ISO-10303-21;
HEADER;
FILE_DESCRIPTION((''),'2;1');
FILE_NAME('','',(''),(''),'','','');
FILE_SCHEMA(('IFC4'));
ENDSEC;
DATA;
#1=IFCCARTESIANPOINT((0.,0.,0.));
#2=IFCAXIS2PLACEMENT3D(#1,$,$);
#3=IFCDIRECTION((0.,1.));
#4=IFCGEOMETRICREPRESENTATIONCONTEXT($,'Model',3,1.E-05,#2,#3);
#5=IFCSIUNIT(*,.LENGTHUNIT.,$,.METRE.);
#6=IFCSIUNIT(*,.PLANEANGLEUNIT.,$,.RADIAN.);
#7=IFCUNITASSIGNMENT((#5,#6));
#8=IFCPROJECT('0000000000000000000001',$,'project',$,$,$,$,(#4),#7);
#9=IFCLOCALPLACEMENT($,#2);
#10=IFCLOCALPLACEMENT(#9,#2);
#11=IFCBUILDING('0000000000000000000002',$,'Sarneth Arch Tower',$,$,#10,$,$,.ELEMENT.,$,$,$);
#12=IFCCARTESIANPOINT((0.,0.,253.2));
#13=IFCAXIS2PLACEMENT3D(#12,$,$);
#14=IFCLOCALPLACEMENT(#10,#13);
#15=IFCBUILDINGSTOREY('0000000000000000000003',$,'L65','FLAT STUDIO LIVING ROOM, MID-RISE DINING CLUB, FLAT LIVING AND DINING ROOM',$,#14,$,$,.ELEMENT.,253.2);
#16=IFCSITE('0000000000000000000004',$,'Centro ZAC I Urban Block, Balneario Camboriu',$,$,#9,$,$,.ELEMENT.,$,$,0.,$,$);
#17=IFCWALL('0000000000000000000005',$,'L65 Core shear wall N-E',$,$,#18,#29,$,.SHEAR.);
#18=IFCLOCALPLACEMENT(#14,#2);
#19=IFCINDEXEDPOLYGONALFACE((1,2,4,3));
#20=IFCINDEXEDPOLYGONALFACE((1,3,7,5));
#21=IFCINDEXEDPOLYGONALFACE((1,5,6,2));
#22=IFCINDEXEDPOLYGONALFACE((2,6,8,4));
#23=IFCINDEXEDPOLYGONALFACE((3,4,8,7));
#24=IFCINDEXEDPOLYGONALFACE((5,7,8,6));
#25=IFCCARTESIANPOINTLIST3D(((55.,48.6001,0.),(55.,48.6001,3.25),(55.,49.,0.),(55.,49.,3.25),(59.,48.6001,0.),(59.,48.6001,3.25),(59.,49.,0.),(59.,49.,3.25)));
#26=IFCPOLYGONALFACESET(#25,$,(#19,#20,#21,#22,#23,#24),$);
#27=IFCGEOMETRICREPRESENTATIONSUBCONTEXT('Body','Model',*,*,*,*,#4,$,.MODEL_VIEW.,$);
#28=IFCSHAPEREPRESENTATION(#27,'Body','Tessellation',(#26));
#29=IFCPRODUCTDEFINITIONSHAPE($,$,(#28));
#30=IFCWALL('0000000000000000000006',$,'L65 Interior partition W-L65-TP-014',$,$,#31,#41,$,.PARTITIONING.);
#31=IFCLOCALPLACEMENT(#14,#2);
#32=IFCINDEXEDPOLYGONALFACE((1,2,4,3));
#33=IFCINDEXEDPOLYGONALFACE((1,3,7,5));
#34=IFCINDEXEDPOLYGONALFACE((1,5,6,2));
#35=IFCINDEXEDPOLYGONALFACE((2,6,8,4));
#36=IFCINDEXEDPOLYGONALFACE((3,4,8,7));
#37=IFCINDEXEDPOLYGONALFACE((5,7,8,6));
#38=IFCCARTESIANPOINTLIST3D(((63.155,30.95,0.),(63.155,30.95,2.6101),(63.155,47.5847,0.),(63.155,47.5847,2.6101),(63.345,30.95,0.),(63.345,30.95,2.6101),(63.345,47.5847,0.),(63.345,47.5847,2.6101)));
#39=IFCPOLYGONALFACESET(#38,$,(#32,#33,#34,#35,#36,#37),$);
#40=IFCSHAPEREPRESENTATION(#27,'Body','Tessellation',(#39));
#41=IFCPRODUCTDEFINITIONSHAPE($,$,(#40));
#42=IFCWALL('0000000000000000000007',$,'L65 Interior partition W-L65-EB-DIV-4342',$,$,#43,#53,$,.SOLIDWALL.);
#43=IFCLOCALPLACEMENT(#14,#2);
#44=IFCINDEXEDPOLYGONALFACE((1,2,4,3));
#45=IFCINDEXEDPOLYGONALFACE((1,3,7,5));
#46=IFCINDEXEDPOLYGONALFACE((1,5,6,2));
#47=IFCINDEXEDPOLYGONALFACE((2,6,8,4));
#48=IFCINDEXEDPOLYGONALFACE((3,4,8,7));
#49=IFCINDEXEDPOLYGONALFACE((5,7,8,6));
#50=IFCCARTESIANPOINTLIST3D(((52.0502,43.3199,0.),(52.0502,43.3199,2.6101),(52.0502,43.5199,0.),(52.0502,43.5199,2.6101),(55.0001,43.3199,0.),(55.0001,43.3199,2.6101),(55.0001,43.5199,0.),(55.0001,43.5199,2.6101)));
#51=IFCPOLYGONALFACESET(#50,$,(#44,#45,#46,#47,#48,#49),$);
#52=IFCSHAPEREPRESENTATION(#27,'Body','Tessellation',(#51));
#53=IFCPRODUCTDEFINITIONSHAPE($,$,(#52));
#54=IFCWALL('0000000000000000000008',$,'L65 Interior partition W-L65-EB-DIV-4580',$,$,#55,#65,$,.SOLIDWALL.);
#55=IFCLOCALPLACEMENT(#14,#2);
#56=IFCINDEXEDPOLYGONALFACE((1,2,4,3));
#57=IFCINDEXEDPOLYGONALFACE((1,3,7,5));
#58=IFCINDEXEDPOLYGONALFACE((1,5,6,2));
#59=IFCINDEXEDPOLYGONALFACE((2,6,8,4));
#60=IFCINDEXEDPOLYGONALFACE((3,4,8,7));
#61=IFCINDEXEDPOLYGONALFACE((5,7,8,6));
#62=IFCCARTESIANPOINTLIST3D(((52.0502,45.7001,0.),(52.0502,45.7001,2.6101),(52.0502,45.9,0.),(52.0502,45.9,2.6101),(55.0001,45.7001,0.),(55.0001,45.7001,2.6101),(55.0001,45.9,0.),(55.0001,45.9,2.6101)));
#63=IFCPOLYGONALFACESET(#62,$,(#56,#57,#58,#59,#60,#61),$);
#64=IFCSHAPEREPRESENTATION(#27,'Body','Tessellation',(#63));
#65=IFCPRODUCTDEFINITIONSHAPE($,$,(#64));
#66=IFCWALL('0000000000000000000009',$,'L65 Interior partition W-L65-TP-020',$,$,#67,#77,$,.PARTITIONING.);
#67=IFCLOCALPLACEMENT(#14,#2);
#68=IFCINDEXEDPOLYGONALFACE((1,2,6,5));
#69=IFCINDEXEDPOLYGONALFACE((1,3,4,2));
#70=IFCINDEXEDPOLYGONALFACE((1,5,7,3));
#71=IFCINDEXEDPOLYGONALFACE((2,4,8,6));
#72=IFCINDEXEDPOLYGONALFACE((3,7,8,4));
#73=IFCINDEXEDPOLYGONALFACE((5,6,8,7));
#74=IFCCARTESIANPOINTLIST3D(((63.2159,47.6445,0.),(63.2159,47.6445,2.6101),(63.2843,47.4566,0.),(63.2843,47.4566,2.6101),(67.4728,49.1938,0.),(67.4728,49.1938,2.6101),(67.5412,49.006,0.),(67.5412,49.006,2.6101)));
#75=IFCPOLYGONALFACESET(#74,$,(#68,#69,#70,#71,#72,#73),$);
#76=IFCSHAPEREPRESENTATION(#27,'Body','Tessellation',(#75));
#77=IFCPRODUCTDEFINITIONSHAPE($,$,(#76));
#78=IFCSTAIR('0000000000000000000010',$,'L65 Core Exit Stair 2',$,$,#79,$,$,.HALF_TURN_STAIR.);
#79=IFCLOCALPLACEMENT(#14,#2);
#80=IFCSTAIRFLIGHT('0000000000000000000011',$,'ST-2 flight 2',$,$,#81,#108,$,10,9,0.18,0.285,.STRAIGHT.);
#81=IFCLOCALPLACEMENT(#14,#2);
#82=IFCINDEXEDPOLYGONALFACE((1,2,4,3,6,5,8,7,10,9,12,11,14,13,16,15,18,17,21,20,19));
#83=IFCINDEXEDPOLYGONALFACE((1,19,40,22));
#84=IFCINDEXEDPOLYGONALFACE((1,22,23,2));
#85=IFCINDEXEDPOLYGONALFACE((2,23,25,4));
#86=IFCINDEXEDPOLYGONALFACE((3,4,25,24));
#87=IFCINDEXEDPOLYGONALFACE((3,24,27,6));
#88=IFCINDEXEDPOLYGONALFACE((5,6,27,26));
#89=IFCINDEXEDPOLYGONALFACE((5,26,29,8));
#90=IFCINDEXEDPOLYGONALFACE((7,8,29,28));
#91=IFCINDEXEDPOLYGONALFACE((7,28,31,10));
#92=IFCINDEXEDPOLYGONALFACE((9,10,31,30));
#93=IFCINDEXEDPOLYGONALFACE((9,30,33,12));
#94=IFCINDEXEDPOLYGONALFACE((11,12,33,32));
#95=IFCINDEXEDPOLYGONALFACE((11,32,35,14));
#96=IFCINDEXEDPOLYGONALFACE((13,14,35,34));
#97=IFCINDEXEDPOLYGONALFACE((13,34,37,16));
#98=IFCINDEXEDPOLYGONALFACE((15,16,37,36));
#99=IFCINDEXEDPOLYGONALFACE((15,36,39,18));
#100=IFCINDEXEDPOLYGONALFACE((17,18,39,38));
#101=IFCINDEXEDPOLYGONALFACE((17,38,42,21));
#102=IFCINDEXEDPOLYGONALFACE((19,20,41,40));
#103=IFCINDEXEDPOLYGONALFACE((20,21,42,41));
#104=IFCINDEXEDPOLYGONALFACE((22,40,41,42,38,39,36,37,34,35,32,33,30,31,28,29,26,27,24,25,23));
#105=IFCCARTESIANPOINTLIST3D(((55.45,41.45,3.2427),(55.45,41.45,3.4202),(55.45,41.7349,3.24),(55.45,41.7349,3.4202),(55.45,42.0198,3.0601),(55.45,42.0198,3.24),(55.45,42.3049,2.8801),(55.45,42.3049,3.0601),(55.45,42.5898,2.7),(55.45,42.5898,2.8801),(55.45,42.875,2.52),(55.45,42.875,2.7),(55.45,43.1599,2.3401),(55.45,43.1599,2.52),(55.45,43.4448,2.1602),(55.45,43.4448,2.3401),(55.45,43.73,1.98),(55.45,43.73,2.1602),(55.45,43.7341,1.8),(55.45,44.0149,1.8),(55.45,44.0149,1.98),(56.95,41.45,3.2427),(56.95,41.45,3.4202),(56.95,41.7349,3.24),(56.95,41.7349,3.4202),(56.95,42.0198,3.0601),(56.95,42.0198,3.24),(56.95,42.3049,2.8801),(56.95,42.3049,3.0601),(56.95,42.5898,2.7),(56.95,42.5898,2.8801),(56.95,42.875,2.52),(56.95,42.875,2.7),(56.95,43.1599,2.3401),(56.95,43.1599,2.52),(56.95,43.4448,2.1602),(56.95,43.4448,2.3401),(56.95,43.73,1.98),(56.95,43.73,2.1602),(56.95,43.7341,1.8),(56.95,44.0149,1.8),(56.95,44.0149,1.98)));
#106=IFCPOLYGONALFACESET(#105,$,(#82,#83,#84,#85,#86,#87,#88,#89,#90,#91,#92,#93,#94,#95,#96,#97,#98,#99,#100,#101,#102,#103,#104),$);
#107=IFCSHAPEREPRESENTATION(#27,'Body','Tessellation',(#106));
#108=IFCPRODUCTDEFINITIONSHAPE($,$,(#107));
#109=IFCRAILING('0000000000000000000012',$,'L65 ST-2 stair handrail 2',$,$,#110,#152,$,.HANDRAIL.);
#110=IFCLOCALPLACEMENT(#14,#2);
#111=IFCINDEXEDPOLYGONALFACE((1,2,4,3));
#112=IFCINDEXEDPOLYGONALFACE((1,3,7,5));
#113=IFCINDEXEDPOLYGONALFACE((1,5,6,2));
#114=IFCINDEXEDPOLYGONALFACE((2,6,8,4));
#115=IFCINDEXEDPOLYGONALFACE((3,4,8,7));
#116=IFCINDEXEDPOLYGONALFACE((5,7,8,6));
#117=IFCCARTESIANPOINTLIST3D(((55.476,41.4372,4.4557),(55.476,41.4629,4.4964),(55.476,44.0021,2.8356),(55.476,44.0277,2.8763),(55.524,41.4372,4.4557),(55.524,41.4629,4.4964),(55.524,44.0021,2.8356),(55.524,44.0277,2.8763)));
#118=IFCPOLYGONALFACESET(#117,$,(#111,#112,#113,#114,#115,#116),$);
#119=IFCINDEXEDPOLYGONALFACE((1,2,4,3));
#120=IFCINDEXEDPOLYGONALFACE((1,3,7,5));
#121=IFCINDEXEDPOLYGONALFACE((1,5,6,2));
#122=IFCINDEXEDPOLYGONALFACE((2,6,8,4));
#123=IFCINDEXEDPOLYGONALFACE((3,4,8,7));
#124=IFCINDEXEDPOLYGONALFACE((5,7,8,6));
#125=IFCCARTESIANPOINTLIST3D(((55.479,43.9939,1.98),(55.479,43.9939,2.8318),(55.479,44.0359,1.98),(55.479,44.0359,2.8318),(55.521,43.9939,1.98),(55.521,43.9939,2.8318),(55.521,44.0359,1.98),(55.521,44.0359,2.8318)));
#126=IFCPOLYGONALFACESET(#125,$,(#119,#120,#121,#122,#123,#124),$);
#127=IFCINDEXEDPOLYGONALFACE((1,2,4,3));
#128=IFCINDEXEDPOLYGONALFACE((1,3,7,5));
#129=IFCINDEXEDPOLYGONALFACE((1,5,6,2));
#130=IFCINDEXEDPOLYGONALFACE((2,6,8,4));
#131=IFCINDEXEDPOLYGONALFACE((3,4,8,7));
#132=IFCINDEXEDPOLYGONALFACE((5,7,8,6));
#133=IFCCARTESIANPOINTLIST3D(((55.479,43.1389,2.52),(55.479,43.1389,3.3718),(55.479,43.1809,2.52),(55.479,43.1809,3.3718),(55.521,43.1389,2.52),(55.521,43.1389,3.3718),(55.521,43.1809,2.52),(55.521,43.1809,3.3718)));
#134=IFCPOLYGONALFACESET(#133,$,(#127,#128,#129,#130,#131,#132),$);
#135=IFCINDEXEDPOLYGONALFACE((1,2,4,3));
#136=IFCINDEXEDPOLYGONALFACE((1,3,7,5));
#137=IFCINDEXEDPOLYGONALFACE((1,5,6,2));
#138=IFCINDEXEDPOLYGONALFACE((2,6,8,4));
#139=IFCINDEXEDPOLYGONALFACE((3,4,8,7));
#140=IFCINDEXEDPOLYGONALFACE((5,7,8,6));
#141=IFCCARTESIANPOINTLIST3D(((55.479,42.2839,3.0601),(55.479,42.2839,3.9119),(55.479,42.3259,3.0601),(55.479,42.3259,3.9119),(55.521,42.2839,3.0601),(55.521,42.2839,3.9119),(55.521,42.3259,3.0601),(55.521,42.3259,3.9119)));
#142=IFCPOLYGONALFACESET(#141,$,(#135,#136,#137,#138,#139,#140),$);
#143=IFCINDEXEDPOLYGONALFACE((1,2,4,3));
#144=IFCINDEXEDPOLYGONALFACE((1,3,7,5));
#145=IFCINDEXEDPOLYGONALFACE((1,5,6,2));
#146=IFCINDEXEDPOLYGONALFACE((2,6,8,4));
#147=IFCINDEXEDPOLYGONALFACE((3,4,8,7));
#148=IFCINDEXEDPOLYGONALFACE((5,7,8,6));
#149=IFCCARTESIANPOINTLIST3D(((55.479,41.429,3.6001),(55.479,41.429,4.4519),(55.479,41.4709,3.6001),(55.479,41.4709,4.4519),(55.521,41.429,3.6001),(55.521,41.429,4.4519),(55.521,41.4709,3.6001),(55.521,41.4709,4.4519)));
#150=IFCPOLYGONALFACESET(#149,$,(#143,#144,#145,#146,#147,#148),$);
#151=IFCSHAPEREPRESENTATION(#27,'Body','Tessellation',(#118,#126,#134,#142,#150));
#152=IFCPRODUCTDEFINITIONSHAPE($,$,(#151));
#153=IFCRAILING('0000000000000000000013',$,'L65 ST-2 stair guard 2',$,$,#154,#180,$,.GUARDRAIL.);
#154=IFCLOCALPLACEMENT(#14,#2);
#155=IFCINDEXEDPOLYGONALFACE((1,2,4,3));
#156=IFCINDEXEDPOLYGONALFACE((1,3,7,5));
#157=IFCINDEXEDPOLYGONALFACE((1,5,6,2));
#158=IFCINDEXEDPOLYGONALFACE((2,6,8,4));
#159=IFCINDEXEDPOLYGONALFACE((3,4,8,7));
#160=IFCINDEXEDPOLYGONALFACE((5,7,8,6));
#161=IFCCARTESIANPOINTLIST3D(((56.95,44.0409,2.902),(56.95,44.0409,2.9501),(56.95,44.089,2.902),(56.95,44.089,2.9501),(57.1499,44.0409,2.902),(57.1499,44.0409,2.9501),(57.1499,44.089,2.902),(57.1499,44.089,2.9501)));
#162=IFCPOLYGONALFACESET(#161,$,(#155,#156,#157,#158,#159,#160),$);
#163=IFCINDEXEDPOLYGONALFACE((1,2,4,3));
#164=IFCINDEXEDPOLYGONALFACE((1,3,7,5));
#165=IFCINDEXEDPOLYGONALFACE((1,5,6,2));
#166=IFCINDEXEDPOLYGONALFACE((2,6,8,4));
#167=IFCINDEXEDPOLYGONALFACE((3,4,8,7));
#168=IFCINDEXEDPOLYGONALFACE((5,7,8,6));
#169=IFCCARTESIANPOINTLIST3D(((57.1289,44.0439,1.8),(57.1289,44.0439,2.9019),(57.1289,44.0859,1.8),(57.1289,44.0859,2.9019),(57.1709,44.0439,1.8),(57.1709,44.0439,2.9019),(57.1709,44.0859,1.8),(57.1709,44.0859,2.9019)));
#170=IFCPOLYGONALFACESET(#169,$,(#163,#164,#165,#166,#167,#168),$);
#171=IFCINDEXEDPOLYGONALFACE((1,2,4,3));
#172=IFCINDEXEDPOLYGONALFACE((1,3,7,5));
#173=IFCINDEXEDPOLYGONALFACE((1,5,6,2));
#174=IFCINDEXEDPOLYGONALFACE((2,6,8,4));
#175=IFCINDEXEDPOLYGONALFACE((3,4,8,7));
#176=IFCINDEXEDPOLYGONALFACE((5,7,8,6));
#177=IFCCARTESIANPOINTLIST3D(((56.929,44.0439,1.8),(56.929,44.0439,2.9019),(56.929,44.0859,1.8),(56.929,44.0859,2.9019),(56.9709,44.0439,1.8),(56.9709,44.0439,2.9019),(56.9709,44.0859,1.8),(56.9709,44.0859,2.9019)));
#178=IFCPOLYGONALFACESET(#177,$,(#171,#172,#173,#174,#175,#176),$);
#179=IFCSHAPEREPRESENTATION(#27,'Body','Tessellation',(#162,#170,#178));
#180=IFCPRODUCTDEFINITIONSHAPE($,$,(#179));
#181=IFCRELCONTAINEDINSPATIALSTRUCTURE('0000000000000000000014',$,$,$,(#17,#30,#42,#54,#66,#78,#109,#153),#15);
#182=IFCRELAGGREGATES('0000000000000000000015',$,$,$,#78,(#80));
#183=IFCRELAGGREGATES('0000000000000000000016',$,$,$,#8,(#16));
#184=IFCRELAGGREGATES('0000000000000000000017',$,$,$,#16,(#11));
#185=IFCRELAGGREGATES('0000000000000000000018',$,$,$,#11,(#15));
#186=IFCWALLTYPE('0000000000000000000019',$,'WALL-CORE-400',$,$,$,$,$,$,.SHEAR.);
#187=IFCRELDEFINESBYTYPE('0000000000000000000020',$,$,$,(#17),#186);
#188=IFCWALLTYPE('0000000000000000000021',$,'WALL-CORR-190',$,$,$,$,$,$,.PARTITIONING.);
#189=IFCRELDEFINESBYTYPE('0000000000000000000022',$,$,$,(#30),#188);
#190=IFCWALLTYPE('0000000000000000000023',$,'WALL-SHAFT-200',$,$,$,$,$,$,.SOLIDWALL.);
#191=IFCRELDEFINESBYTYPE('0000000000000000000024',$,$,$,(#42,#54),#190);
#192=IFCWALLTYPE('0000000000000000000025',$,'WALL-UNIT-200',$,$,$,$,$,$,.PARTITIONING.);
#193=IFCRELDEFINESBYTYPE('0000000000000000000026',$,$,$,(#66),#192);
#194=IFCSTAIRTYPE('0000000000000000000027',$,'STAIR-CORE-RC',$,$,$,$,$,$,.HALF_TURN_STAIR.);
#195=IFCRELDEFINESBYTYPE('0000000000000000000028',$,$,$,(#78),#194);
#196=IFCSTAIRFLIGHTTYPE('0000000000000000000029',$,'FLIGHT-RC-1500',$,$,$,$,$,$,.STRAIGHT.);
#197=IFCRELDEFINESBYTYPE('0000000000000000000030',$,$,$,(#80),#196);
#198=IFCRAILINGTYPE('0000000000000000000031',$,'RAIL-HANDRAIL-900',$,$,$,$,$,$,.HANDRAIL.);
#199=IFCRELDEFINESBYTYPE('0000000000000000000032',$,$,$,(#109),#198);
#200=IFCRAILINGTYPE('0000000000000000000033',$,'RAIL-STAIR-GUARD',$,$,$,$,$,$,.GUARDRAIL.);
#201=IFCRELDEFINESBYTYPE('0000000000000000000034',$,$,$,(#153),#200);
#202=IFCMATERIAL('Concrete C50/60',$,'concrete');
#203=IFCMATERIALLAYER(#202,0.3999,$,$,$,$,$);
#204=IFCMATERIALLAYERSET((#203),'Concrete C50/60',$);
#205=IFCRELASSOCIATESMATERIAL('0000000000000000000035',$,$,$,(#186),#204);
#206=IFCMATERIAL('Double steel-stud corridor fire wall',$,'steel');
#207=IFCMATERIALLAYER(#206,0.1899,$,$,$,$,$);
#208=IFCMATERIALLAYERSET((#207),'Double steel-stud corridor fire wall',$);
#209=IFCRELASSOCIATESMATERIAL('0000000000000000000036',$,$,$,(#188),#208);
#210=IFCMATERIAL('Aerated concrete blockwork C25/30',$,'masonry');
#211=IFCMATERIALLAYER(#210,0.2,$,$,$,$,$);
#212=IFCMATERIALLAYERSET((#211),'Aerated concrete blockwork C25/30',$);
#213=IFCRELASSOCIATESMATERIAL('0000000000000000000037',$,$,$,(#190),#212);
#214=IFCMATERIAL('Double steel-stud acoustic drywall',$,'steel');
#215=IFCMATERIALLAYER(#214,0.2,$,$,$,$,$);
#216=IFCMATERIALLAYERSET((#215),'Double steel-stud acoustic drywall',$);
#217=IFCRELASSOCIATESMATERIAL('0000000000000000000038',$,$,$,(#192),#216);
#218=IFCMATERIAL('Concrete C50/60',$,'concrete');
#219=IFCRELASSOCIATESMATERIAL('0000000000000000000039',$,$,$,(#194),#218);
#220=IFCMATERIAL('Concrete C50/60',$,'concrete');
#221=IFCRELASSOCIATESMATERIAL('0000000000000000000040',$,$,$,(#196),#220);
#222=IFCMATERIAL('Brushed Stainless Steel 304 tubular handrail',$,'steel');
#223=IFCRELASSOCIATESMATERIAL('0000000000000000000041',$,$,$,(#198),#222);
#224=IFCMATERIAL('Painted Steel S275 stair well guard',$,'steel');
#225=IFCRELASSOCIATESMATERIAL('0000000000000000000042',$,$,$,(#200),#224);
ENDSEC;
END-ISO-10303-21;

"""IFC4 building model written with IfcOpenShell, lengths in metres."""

from ifc_helpers import new_model, si_unit, direction, frame, frame_2d, origin, origin_2d, place, context, subcontext, project, spatial, polyline, rectangle, outline, extrude, material, layer, layer_set, type_object, element, aggregate, save


model = new_model("IFC4")

# Units and contexts
model_context = context("Model", 3, precision=1e-05, world=origin(), true_north=direction((0.0, 1.0)))
body_context = subcontext(model_context, "Body", "Model", "MODEL_VIEW")
ifc_project = project(units=[si_unit("LENGTHUNIT", "METRE"), si_unit("PLANEANGLEUNIT", "RADIAN")], contexts=[model_context])

# Site, building, storey
site_placement = place(None, origin())
site = spatial("IfcSite", under=ifc_project, at=site_placement, Name="Centro ZAC I Urban Block, Balneario Camboriu", CompositionType="ELEMENT", RefElevation=0.0)
building_placement = place(site_placement, origin())
building = spatial("IfcBuilding", under=site, at=building_placement, Name="Sarneth Arch Tower", CompositionType="ELEMENT")
storey_placement = place(building_placement, frame((0.0, 0.0, 253.2)))
storey = spatial("IfcBuildingStorey", under=building, at=storey_placement, Name="L65", Description="FLAT STUDIO LIVING ROOM, MID-RISE DINING CLUB, FLAT LIVING AND DINING ROOM", CompositionType="ELEMENT", Elevation=253.2)

# Walls
ifc_material_1 = material(Name="Concrete C50/60", Category="concrete")
ifc_layer_1 = layer(ifc_material_1, 0.3999)
ifc_layer_set_1 = layer_set([ifc_layer_1], Name="Concrete C50/60")
wall_type_1 = type_object("IfcWallType", Name="WALL-CORE-400", PredefinedType="SHEAR", material=ifc_layer_set_1)
wall_1_placement = place(storey_placement, frame((55.0, 48.8, 0.0), z_axis=(0.0, 0.0, 1.0), x_axis=(1.0, 0.0, 0.0)))
element("IfcWall", 1, at=wall_1_placement, inside=storey, type_object=wall_type_1, Name="L65 Core shear wall N-E", PredefinedType="SHEAR", context=body_context, shape_type="SweptSolid", body=[
    extrude(rectangle(XDim=4.0, YDim=0.3999, at=frame_2d((2.0, 0.0))), origin(), (0.0, 0.0, 1.0), 3.25),
])
ifc_material_2 = material(Name="Double steel-stud corridor fire wall", Category="steel")
ifc_layer_2 = layer(ifc_material_2, 0.1899)
ifc_layer_set_2 = layer_set([ifc_layer_2], Name="Double steel-stud corridor fire wall")
wall_type_2 = type_object("IfcWallType", Name="WALL-CORR-190", PredefinedType="PARTITIONING", material=ifc_layer_set_2)
wall_2_placement = place(storey_placement, frame((63.25, 47.5847, 0.0), z_axis=(0.0, 0.0, 1.0), x_axis=(0.0, -1.0, 0.0)))
element("IfcWall", 2, at=wall_2_placement, inside=storey, type_object=wall_type_2, Name="L65 Interior partition W-L65-TP-014", PredefinedType="PARTITIONING", context=body_context, shape_type="SweptSolid", body=[
    extrude(rectangle(XDim=16.6348, YDim=0.1899, at=frame_2d((8.3174, 0.0))), origin(), (0.0, 0.0, 1.0), 2.6101),
])
ifc_material_3 = material(Name="Aerated concrete blockwork C25/30", Category="masonry")
ifc_layer_3 = layer(ifc_material_3, 0.2)
ifc_layer_set_3 = layer_set([ifc_layer_3], Name="Aerated concrete blockwork C25/30")
wall_type_3 = type_object("IfcWallType", Name="WALL-SHAFT-200", PredefinedType="SOLIDWALL", material=ifc_layer_set_3)
for number, where, z_axis, x_axis, name in (
    (3, (52.05, 43.4199, 0.0), (0.0, 0.0, 1.0), (1.0, 0.0, 0.0), "L65 Interior partition W-L65-EB-DIV-4342"),
    (4, (52.05, 45.8, 0.0), (0.0, 0.0, 1.0), (1.0, 0.0, 0.0), "L65 Interior partition W-L65-EB-DIV-4580"),
):
    element("IfcWall", number, at=place(storey_placement, frame(where, z_axis=z_axis, x_axis=x_axis)), inside=storey, type_object=wall_type_3, Name=name, PredefinedType="SOLIDWALL", context=body_context, shape_type="SweptSolid", body=[
        extrude(rectangle(XDim=2.95, YDim=0.2, at=frame_2d((1.4751, 0.0))), origin(), (0.0, 0.0, 1.0), 2.6101),
    ])
ifc_material_4 = material(Name="Double steel-stud acoustic drywall", Category="steel")
ifc_layer_4 = layer(ifc_material_4, 0.2)
ifc_layer_set_4 = layer_set([ifc_layer_4], Name="Double steel-stud acoustic drywall")
wall_type_4 = type_object("IfcWallType", Name="WALL-UNIT-200", PredefinedType="PARTITIONING", material=ifc_layer_set_4)
wall_3_placement = place(storey_placement, frame((63.25, 47.5505, 0.0), z_axis=(0.0, 0.0, 1.0), x_axis=(0.939696, 0.342011, 0.0)))
element("IfcWall", 5, at=wall_3_placement, inside=storey, type_object=wall_type_4, Name="L65 Interior partition W-L65-TP-020", PredefinedType="PARTITIONING", context=body_context, shape_type="SweptSolid", body=[
    extrude(rectangle(XDim=4.53, YDim=0.2, at=frame_2d((2.2651, 0.0))), origin(), (0.0, 0.0, 1.0), 2.6101),
])

# Stair, stair flight
ifc_material_5 = material(Name="Concrete C50/60", Category="concrete")
stair_type = type_object("IfcStairType", Name="STAIR-CORE-RC", PredefinedType="HALF_TURN_STAIR", material=ifc_material_5)
stair_placement = place(storey_placement, origin())
stair = element("IfcStair", 6, at=stair_placement, inside=storey, type_object=stair_type, Name="L65 Core Exit Stair 2", PredefinedType="HALF_TURN_STAIR")
ifc_material_6 = material(Name="Concrete C50/60", Category="concrete")
stair_flight_type = type_object("IfcStairFlightType", Name="FLIGHT-RC-1500", PredefinedType="STRAIGHT", material=ifc_material_6)
stair_flight_placement = place(storey_placement, frame((56.2, 44.0149, 1.8), z_axis=(0.0, 0.0, 1.0), x_axis=(0.0, -1.0, 0.0)))
stair_flight = element("IfcStairFlight", 7, at=stair_flight_placement, type_object=stair_flight_type, Name="ST-2 flight 2", NumberOfRisers=10, NumberOfTreads=9, PredefinedType="STRAIGHT", RiserHeight=0.18, TreadLength=0.285, context=body_context, shape_type="SweptSolid", body=[
    extrude(outline(polyline([(0.0, 0.0), (0.0, 0.1799), (0.2849, 0.1799), (0.2849, 0.3601), (0.5701, 0.3601), (0.5701, 0.54), (0.855, 0.54), (0.855, 0.72), (1.1399, 0.72), (1.1399, 0.8999), (1.425, 0.8999), (1.425, 1.0801), (1.71, 1.0801), (1.71, 1.26), (1.9951, 1.26), (1.9951, 1.4399), (2.28, 1.4399), (2.28, 1.6201), (2.5649, 1.6201), (2.5649, 1.8), (2.5649, 1.4426), (0.2808, 0.0), (0.0, 0.0)])), frame((0.0, 0.75, 0.0), z_axis=(0.0, -1.0, 0.0), x_axis=(1.0, 0.0, 0.0)), (0.0, 0.0, 1.0), 1.5),
])
aggregate(stair, [stair_flight])

# Railings
ifc_material_7 = material(Name="Brushed Stainless Steel 304 tubular handrail", Category="steel")
railing_type_1 = type_object("IfcRailingType", Name="RAIL-HANDRAIL-900", PredefinedType="HANDRAIL", material=ifc_material_7)
railing_1_placement = place(storey_placement, frame((55.5, 44.0149, 1.98)))
element("IfcRailing", 8, at=railing_1_placement, inside=storey, type_object=railing_type_1, Name="L65 ST-2 stair handrail 2", PredefinedType="HANDRAIL", context=body_context, shape_type="SweptSolid", body=[
    extrude(rectangle(XDim=0.0481, YDim=0.0481, at=origin_2d()), frame((0.0, 0.0, 0.876), z_axis=(0.0, -0.845466, 0.534029), x_axis=(1.0, 0.0, 0.0)), (0.0, 0.0, 1.0), 3.0337),
    extrude(rectangle(XDim=0.042, YDim=0.042, at=origin_2d()), origin(), (0.0, 0.0, 1.0), 0.8518),
    extrude(rectangle(XDim=0.042, YDim=0.042, at=origin_2d()), frame((0.0, -0.855, 0.54)), (0.0, 0.0, 1.0), 0.8518),
    extrude(rectangle(XDim=0.042, YDim=0.042, at=origin_2d()), frame((0.0, -1.71, 1.0801)), (0.0, 0.0, 1.0), 0.8518),
    extrude(rectangle(XDim=0.042, YDim=0.042, at=origin_2d()), frame((0.0, -2.5649, 1.6201)), (0.0, 0.0, 1.0), 0.8518),
])
ifc_material_8 = material(Name="Painted Steel S275 stair well guard", Category="steel")
railing_type_2 = type_object("IfcRailingType", Name="RAIL-STAIR-GUARD", PredefinedType="GUARDRAIL", material=ifc_material_8)
railing_2_placement = place(storey_placement, frame((57.1499, 44.0649, 1.8)))
element("IfcRailing", 9, at=railing_2_placement, inside=storey, type_object=railing_type_2, Name="L65 ST-2 stair guard 2", PredefinedType="GUARDRAIL", context=body_context, shape_type="SweptSolid", body=[
    extrude(rectangle(XDim=0.0481, YDim=0.0481, at=origin_2d()), frame((0.0, 0.0, 1.126), z_axis=(-1.0, 0.0, 0.0), x_axis=(0.0, -1.0, 0.0)), (0.0, 0.0, 1.0), 0.2),
    extrude(rectangle(XDim=0.042, YDim=0.042, at=origin_2d()), origin(), (0.0, 0.0, 1.0), 1.1018),
    extrude(rectangle(XDim=0.042, YDim=0.042, at=origin_2d()), frame((-0.2, 0.0, 0.0)), (0.0, 0.0, 1.0), 1.1018),
])

save(model, "model.ifc")
